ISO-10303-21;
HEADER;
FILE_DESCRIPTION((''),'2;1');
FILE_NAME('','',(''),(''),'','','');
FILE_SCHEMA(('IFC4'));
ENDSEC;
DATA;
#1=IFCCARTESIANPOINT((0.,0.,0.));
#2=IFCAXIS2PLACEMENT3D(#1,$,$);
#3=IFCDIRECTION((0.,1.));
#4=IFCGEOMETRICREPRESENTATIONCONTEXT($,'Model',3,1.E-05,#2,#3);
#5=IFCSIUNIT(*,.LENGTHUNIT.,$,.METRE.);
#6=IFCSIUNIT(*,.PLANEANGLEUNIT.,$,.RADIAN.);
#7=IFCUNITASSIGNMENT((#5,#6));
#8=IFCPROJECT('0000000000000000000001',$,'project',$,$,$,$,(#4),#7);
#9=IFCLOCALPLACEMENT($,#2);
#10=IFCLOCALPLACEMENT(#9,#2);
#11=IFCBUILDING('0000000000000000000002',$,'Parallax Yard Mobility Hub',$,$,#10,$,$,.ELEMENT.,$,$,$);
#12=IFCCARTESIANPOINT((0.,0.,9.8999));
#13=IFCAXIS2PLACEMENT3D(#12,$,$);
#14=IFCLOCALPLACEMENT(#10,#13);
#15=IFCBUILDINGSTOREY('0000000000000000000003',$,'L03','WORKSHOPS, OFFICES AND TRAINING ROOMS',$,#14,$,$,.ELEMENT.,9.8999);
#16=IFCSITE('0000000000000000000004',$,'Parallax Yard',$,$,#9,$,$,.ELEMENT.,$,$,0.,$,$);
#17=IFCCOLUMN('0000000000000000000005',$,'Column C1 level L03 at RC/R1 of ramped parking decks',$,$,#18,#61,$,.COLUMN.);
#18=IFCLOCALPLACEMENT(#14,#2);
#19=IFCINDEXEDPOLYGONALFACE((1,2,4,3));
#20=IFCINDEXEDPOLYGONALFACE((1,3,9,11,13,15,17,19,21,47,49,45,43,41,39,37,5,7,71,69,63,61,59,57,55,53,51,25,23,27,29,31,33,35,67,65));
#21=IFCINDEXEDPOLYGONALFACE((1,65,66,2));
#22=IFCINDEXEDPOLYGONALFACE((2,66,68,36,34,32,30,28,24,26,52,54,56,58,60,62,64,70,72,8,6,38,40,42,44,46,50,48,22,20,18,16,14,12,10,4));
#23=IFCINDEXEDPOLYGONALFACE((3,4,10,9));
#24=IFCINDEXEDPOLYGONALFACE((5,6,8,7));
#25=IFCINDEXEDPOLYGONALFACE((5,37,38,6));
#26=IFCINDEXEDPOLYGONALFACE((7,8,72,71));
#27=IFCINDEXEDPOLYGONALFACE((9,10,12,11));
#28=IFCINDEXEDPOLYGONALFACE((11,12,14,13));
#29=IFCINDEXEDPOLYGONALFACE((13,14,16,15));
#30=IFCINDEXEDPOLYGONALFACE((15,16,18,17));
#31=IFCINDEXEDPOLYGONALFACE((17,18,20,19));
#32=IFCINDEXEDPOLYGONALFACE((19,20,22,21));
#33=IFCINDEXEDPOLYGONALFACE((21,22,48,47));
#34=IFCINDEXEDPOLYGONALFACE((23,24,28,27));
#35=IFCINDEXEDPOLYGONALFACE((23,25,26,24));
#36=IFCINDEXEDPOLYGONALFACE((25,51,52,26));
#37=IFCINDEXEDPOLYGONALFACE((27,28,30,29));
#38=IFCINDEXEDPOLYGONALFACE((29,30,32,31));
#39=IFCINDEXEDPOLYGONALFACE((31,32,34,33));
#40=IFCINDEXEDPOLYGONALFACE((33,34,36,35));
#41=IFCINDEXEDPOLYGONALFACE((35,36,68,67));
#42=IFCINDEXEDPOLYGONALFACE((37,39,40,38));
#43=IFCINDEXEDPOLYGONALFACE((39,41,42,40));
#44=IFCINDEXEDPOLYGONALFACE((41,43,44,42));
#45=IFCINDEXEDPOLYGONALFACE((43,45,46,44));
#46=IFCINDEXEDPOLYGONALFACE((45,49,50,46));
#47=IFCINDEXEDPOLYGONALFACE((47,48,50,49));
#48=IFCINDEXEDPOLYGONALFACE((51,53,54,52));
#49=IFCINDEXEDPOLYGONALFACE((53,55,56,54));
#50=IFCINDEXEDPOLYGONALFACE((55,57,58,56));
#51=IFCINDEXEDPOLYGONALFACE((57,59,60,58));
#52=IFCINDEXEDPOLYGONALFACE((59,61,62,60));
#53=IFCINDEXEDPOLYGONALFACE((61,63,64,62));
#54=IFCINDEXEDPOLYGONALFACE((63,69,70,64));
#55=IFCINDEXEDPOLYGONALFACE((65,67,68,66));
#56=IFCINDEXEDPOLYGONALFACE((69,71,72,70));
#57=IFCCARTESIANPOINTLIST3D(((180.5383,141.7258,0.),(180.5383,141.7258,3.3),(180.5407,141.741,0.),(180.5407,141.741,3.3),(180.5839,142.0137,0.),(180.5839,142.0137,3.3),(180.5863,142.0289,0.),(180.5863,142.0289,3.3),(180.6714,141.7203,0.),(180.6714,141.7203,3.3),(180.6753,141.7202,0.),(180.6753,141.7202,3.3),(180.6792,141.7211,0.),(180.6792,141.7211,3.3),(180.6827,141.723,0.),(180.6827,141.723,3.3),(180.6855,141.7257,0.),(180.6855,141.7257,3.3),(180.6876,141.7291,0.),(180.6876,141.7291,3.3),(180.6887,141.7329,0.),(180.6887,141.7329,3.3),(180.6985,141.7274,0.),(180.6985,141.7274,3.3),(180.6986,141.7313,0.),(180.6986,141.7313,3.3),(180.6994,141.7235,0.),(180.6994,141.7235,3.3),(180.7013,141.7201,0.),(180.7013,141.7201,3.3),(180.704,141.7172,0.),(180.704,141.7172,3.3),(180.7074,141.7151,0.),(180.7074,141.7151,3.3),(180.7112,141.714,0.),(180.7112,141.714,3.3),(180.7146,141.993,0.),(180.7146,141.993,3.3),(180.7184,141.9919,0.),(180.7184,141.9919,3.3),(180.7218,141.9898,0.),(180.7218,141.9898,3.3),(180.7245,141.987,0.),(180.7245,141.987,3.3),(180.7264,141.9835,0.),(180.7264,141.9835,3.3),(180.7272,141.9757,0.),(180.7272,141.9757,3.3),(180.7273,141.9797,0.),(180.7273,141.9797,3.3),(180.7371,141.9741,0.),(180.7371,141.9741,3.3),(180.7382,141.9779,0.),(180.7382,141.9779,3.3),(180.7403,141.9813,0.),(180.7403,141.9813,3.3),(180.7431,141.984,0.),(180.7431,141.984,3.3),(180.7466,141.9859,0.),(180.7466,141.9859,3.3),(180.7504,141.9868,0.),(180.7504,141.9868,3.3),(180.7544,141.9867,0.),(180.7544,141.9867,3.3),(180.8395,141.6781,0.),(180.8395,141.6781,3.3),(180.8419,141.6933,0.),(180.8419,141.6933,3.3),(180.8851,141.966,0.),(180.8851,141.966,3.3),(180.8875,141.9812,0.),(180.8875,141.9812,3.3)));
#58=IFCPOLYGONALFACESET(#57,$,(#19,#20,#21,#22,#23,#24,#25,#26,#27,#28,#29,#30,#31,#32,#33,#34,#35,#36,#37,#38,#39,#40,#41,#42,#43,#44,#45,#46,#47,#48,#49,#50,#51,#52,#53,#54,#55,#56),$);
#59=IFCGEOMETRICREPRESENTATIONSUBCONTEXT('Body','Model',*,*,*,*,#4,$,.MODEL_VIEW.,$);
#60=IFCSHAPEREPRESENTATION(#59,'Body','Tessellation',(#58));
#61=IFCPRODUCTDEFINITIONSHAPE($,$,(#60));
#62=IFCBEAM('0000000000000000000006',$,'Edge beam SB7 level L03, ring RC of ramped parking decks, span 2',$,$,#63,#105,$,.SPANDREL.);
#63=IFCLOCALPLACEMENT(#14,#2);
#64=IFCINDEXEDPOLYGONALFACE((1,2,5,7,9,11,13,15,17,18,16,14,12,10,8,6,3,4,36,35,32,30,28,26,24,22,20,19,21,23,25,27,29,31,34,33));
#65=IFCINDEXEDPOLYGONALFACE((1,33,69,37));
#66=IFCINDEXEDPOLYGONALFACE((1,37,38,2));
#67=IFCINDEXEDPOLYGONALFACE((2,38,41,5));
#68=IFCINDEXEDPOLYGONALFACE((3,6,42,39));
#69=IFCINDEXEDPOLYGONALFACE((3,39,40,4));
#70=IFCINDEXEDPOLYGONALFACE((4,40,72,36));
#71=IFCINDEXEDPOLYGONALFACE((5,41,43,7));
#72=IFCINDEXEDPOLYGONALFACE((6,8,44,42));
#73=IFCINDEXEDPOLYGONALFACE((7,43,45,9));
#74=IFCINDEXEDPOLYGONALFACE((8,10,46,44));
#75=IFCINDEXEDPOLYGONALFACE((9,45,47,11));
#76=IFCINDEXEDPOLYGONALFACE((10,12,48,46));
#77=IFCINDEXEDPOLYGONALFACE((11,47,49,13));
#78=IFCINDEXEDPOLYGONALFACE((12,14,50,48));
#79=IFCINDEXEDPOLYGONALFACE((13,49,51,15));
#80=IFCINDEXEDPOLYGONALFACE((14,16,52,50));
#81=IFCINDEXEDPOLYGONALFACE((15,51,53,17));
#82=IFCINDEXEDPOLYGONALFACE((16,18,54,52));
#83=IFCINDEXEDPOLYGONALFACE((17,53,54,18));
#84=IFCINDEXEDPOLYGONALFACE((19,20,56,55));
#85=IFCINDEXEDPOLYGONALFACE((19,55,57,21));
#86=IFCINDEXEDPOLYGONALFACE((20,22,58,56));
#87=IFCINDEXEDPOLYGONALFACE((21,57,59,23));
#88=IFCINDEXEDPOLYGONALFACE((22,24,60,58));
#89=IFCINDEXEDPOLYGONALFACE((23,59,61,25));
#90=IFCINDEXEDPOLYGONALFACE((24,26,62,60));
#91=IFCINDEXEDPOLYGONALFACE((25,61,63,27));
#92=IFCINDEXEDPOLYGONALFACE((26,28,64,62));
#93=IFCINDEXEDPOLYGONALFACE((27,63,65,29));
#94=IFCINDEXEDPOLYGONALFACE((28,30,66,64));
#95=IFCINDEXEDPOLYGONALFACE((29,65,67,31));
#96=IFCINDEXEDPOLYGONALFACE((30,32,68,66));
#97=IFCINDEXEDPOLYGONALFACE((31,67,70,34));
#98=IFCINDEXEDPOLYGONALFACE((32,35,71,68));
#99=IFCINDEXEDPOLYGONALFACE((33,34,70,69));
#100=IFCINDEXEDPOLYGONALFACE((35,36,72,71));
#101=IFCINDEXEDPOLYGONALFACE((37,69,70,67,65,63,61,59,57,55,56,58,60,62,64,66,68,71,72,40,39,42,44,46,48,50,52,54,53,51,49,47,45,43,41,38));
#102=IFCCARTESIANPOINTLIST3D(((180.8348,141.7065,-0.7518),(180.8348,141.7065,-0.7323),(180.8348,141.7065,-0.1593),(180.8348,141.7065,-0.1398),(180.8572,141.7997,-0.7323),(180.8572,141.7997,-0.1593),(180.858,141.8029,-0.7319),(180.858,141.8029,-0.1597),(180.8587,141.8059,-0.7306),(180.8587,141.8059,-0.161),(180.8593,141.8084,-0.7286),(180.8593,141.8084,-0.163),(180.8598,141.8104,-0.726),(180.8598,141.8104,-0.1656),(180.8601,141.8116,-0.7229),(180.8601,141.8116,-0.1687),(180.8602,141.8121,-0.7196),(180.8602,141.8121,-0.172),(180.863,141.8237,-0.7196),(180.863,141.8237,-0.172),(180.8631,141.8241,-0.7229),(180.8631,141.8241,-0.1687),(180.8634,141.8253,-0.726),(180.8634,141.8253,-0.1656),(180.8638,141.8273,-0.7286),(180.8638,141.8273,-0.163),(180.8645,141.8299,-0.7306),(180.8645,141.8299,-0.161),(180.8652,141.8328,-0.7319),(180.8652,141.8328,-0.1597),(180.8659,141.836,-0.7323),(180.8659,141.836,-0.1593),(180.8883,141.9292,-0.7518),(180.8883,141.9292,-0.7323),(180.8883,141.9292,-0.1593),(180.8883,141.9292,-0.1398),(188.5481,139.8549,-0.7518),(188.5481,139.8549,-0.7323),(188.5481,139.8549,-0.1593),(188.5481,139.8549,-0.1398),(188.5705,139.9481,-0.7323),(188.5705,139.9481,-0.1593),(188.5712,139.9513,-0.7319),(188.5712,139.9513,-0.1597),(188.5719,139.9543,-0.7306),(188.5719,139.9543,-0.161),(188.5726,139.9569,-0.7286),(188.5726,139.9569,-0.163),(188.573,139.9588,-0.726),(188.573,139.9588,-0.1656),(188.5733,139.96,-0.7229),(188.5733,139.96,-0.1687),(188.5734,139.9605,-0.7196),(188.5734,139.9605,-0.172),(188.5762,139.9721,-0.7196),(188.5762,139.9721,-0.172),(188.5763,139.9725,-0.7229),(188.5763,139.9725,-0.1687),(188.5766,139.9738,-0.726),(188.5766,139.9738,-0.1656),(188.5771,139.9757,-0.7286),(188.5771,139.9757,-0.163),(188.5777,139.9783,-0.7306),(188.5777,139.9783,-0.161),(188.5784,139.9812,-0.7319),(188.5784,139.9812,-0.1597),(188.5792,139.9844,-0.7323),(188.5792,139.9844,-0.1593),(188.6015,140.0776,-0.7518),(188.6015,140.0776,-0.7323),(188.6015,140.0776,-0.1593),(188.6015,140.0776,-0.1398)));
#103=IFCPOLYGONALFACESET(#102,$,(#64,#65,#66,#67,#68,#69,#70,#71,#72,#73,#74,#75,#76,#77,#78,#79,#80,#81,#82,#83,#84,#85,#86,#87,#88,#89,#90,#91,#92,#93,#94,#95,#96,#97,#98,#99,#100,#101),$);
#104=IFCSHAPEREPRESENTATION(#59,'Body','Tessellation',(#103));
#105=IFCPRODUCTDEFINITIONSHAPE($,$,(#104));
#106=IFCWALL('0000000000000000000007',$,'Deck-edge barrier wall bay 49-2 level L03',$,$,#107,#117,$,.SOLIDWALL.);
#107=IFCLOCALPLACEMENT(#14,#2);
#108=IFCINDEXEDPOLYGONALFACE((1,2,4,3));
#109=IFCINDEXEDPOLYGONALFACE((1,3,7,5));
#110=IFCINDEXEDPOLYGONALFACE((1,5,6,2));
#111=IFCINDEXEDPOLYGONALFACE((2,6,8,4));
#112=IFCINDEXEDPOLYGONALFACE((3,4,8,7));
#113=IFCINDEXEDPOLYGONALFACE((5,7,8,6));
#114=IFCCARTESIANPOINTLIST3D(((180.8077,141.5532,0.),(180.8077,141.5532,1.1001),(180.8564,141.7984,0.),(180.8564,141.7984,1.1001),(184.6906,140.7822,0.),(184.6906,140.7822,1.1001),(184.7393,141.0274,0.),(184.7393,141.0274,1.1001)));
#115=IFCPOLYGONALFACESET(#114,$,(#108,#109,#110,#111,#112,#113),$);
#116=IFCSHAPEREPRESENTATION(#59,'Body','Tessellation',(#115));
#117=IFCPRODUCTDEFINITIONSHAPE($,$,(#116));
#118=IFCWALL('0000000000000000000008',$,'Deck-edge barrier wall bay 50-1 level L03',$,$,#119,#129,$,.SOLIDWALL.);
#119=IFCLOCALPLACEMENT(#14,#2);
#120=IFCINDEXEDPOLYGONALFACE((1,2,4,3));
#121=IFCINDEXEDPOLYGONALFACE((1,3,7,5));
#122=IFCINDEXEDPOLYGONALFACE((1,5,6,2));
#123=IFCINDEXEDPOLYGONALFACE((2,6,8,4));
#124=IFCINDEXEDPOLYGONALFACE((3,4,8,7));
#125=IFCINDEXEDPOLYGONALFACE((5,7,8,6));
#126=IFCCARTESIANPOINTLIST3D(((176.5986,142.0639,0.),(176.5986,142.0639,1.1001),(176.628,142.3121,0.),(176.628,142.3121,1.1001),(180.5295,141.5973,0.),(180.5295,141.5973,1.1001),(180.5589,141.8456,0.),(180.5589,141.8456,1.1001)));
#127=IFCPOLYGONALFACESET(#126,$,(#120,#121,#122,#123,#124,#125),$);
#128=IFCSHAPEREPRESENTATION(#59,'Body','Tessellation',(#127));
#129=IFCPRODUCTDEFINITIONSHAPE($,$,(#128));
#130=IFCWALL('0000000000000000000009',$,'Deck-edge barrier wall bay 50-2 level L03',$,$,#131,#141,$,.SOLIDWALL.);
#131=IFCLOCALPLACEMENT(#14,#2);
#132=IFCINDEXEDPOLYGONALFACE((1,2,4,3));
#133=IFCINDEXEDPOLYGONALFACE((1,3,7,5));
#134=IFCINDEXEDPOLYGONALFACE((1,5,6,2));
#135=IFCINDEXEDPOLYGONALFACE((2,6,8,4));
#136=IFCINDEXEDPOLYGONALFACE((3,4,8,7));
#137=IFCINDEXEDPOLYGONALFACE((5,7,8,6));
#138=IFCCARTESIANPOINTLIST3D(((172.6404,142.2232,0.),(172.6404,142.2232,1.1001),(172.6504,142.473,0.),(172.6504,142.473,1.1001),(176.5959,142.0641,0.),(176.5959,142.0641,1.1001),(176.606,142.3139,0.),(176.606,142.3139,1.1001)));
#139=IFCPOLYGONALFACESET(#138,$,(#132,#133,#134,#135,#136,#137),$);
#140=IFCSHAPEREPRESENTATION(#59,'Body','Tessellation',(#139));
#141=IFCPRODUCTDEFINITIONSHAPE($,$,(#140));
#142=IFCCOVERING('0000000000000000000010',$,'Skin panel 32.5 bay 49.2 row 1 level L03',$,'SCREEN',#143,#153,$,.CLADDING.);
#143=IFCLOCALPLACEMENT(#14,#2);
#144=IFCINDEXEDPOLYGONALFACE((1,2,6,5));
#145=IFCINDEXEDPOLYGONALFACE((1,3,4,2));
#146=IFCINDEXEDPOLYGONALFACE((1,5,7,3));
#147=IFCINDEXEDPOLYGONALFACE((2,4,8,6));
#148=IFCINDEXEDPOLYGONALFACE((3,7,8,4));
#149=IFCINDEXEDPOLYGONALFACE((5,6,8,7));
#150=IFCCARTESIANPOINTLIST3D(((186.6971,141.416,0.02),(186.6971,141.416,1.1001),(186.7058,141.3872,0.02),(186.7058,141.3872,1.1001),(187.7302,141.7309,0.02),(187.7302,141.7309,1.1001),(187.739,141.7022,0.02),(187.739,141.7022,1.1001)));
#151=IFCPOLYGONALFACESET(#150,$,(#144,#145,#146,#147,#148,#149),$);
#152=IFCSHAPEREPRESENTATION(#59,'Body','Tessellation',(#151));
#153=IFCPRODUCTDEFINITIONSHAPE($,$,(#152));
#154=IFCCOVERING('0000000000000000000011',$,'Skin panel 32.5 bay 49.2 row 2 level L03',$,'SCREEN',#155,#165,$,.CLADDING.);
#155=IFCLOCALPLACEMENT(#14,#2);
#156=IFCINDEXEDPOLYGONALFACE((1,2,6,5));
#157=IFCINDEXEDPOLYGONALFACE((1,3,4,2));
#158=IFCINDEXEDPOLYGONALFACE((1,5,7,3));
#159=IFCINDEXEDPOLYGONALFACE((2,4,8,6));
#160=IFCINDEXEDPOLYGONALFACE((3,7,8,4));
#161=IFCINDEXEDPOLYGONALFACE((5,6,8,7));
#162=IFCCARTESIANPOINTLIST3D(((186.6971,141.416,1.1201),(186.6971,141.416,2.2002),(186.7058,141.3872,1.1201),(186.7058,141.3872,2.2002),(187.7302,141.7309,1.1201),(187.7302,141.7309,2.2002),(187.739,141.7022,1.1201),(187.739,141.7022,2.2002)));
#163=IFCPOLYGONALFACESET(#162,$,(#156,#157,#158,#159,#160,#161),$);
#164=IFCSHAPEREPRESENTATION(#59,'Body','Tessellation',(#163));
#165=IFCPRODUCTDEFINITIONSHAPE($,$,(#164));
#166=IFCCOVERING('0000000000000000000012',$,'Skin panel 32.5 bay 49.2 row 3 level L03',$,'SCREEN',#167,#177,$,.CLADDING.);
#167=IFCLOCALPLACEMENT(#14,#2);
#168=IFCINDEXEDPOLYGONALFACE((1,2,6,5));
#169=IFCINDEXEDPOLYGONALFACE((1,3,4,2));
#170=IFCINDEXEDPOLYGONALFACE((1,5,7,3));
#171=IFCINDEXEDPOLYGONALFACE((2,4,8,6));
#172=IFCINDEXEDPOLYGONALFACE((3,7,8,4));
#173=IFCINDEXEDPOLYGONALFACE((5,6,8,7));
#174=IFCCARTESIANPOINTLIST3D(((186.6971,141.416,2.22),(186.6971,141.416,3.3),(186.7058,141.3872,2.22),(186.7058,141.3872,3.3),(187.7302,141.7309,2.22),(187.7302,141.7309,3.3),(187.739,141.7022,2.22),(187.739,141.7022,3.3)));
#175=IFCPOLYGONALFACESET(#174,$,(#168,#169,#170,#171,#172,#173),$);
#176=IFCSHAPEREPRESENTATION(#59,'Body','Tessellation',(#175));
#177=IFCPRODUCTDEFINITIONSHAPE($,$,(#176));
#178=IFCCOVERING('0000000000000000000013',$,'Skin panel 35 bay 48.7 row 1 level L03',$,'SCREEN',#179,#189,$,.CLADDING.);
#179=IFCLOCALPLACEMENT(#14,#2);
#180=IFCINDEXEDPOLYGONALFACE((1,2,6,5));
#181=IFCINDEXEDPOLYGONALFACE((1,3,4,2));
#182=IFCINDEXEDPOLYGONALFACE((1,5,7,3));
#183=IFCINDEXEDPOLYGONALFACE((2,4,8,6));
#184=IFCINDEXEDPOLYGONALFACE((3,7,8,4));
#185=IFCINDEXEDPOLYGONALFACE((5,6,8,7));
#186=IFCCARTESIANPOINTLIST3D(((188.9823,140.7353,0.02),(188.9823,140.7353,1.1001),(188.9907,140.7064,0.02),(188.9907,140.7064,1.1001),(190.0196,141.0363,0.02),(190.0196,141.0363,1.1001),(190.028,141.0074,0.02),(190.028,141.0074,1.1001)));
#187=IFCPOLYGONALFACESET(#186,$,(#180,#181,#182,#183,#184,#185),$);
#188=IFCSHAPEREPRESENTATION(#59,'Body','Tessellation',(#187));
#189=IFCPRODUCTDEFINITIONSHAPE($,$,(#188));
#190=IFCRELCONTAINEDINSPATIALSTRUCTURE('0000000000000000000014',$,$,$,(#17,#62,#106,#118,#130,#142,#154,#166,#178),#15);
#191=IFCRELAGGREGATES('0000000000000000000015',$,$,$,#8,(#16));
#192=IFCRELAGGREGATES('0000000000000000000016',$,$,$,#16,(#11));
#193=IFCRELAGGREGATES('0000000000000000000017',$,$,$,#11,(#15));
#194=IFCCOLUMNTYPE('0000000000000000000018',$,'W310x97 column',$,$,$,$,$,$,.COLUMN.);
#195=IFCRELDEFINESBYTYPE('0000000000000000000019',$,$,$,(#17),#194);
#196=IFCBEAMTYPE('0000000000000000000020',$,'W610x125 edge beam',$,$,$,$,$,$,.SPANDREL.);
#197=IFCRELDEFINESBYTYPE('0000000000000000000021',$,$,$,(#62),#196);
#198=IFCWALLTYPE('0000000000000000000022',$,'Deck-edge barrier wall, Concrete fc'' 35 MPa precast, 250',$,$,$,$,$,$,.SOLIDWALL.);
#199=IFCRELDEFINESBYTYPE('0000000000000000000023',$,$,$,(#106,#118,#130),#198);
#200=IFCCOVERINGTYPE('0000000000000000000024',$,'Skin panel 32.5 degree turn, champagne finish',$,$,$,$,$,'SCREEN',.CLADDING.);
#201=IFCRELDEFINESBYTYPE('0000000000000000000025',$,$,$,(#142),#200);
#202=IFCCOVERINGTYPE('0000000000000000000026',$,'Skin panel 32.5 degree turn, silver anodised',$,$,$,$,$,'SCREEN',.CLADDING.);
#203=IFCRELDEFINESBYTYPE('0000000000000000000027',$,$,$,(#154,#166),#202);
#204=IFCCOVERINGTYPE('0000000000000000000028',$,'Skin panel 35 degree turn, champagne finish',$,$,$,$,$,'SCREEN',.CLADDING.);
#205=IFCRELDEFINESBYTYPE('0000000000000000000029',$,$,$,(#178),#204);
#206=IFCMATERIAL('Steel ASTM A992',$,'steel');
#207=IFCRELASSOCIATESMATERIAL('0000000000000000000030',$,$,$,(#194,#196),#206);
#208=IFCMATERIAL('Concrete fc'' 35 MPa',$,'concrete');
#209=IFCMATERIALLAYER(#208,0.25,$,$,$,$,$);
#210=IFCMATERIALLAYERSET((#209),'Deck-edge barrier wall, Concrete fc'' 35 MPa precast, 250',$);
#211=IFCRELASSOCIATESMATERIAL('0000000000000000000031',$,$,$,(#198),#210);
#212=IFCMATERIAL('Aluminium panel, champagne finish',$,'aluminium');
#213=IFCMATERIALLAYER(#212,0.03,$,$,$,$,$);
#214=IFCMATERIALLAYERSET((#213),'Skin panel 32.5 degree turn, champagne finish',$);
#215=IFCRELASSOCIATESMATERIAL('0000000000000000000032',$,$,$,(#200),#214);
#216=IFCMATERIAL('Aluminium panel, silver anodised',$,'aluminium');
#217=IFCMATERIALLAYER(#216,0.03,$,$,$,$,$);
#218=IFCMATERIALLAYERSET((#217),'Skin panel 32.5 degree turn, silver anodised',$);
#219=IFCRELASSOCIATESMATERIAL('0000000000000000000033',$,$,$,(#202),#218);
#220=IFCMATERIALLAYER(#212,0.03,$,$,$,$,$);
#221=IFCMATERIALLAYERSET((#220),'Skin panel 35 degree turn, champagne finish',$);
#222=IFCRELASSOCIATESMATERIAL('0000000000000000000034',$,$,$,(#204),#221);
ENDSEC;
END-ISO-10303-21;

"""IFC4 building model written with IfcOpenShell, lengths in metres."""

from ifc_helpers import new_model, si_unit, direction, frame, frame_2d, origin, origin_2d, place, context, subcontext, project, spatial, rectangle, i_section, extrude, material, layer, layer_set, material_profile, profile_set, type_object, element, save


model = new_model("IFC4")

# Units and contexts
model_context = context("Model", 3, precision=1e-05, world=origin(), true_north=direction((0.0, 1.0)))
body_context = subcontext(model_context, "Body", "Model", "MODEL_VIEW")
ifc_project = project(units=[si_unit("LENGTHUNIT", "METRE"), si_unit("PLANEANGLEUNIT", "RADIAN")], contexts=[model_context])

# Site, building, storey
site_placement = place(None, origin())
site = spatial("IfcSite", under=ifc_project, at=site_placement, Name="Parallax Yard", CompositionType="ELEMENT", RefElevation=0.0)
building_placement = place(site_placement, origin())
building = spatial("IfcBuilding", under=site, at=building_placement, Name="Parallax Yard Mobility Hub", CompositionType="ELEMENT")
storey_placement = place(building_placement, frame((0.0, 0.0, 9.8999)))
storey = spatial("IfcBuildingStorey", under=building, at=storey_placement, Name="L03", Description="WORKSHOPS, OFFICES AND TRAINING ROOMS", CompositionType="ELEMENT", Elevation=9.8999)

# Column
ifc_material_1 = material(Name="Steel ASTM A992", Category="steel")
ifc_material_profile_1 = material_profile(ifc_material_1, i_section(OverallWidth=0.3049, OverallDepth=0.3069, WebThickness=0.01, FlangeThickness=0.0154, FilletRadius=0.0151, at=origin_2d()), Name="W310x97")
ifc_profile_set_1 = profile_set([ifc_material_profile_1], Name="Steel ASTM A992")
column_type = type_object("IfcColumnType", Name="W310x97 column", PredefinedType="COLUMN", material=ifc_profile_set_1)
column_placement = place(storey_placement, frame((180.7129, 141.8535, 0.0), z_axis=(0.0, 0.0, 1.0), x_axis=(-0.987688, 0.156434, 0.0)))
element("IfcColumn", 1, at=column_placement, inside=storey, type_object=column_type, Name="Column C1 level L03 at RC/R1 of ramped parking decks", PredefinedType="COLUMN", context=body_context, shape_type="SweptSolid", body=[
    extrude(i_section(OverallWidth=0.3049, OverallDepth=0.3069, WebThickness=0.01, FlangeThickness=0.0154, FilletRadius=0.0151, at=origin_2d()), origin(), (0.0, 0.0, 1.0), 3.3),
])

# Beam
ifc_material_profile_2 = material_profile(ifc_material_1, i_section(OverallWidth=0.229, OverallDepth=0.6121, WebThickness=0.012, FlangeThickness=0.0195, FilletRadius=0.0127, at=origin_2d()), Name="W610x125")
ifc_profile_set_2 = profile_set([ifc_material_profile_2], Name="Steel ASTM A992")
beam_type = type_object("IfcBeamType", Name="W610x125 edge beam", PredefinedType="SPANDREL", material=ifc_profile_set_2)
beam_placement = place(storey_placement, frame((180.8616, 141.8179, -0.4458), z_axis=(0.972376, -0.233422, 0.0), x_axis=(0.233422, 0.972376, 0.0)))
element("IfcBeam", 2, at=beam_placement, inside=storey, type_object=beam_type, Name="Edge beam SB7 level L03, ring RC of ramped parking decks, span 2", PredefinedType="SPANDREL", context=body_context, shape_type="SweptSolid", body=[
    extrude(i_section(OverallWidth=0.229, OverallDepth=0.6121, WebThickness=0.012, FlangeThickness=0.0195, FilletRadius=0.0127, at=origin_2d()), origin(), (0.0, 0.0, 1.0), 7.9324),
])

# Walls
ifc_material_2 = material(Name="Concrete fc' 35 MPa", Category="concrete")
ifc_layer_1 = layer(ifc_material_2, 0.25)
ifc_layer_set_1 = layer_set([ifc_layer_1], Name="Deck-edge barrier wall, Concrete fc' 35 MPa precast, 250")
wall_type = type_object("IfcWallType", Name="Deck-edge barrier wall, Concrete fc' 35 MPa precast, 250", PredefinedType="SOLIDWALL", material=ifc_layer_set_1)
wall_1_placement = place(storey_placement, frame((184.7151, 140.9048, 0.0), z_axis=(0.0, 0.0, 1.0), x_axis=(-0.98085, 0.194764, 0.0)))
element("IfcWall", 3, at=wall_1_placement, inside=storey, type_object=wall_type, Name="Deck-edge barrier wall bay 49-2 level L03", PredefinedType="SOLIDWALL", context=body_context, shape_type="SweptSolid", body=[
    extrude(rectangle(XDim=3.9587, YDim=0.25, at=frame_2d((1.9795, 0.0))), origin(), (0.0, 0.0, 1.0), 1.1001),
])
wall_2_placement = place(storey_placement, frame((180.5442, 141.7214, 0.0), z_axis=(0.0, 0.0, 1.0), x_axis=(-0.99303, 0.117861, 0.0)))
element("IfcWall", 4, at=wall_2_placement, inside=storey, type_object=wall_type, Name="Deck-edge barrier wall bay 50-1 level L03", PredefinedType="SOLIDWALL", context=body_context, shape_type="SweptSolid", body=[
    extrude(rectangle(XDim=3.9585, YDim=0.25, at=frame_2d((1.9792, 0.0))), origin(), (0.0, 0.0, 1.0), 1.1001),
])
wall_3_placement = place(storey_placement, frame((176.6011, 142.189, 0.0), z_axis=(0.0, 0.0, 1.0), x_axis=(-0.999191, 0.040209, 0.0)))
element("IfcWall", 5, at=wall_3_placement, inside=storey, type_object=wall_type, Name="Deck-edge barrier wall bay 50-2 level L03", PredefinedType="SOLIDWALL", context=body_context, shape_type="SweptSolid", body=[
    extrude(rectangle(XDim=3.9587, YDim=0.25, at=frame_2d((1.9795, 0.0))), origin(), (0.0, 0.0, 1.0), 1.1001),
])

# Coverings
ifc_material_3 = material(Name="Aluminium panel, champagne finish", Category="aluminium")
ifc_layer_2 = layer(ifc_material_3, 0.03)
ifc_layer_set_2 = layer_set([ifc_layer_2], Name="Skin panel 32.5 degree turn, champagne finish")
covering_type_1 = type_object("IfcCoveringType", Name="Skin panel 32.5 degree turn, champagne finish", ElementType="SCREEN", PredefinedType="CLADDING", material=ifc_layer_set_2)
covering_placement = place(storey_placement, frame((187.218, 141.5591, 0.02), z_axis=(0.0, 0.0, 1.0), x_axis=(0.956537, 0.291612, 0.0)))
element("IfcCovering", 6, at=covering_placement, inside=storey, type_object=covering_type_1, Name="Skin panel 32.5 bay 49.2 row 1 level L03", ObjectType="SCREEN", PredefinedType="CLADDING", context=body_context, shape_type="SweptSolid", body=[
    extrude(rectangle(XDim=1.0801, YDim=0.03, at=origin_2d()), origin(), (0.0, 0.0, 1.0), 1.0801),
])
ifc_material_4 = material(Name="Aluminium panel, silver anodised", Category="aluminium")
ifc_layer_3 = layer(ifc_material_4, 0.03)
ifc_layer_set_3 = layer_set([ifc_layer_3], Name="Skin panel 32.5 degree turn, silver anodised")
covering_type_2 = type_object("IfcCoveringType", Name="Skin panel 32.5 degree turn, silver anodised", ElementType="SCREEN", PredefinedType="CLADDING", material=ifc_layer_set_3)
for number, where, z_axis, x_axis, name in (
    (7, (187.218, 141.5591, 1.1201), (0.0, 0.0, 1.0), (0.956537, 0.291612, 0.0), "Skin panel 32.5 bay 49.2 row 2 level L03"),
    (8, (187.218, 141.5591, 2.22), (0.0, 0.0, 1.0), (0.956537, 0.291612, 0.0), "Skin panel 32.5 bay 49.2 row 3 level L03"),
):
    element("IfcCovering", number, at=place(storey_placement, frame(where, z_axis=z_axis, x_axis=x_axis)), inside=storey, type_object=covering_type_2, Name=name, ObjectType="SCREEN", PredefinedType="CLADDING", context=body_context, shape_type="SweptSolid", body=[
        extrude(rectangle(XDim=1.0801, YDim=0.03, at=origin_2d()), origin(), (0.0, 0.0, 1.0), 1.0801),
    ])
ifc_layer_4 = layer(ifc_material_3, 0.03)
ifc_layer_set_4 = layer_set([ifc_layer_4], Name="Skin panel 35 degree turn, champagne finish")
covering_type_3 = type_object("IfcCoveringType", Name="Skin panel 35 degree turn, champagne finish", ElementType="SCREEN", PredefinedType="CLADDING", material=ifc_layer_set_4)
for number, where, z_axis, x_axis, name in (
    (9, (189.5051, 140.8713, 0.02), (0.0, 0.0, 1.0), (0.960382, 0.278686, 0.0), "Skin panel 35 bay 48.7 row 1 level L03"),
):
    element("IfcCovering", number, at=place(storey_placement, frame(where, z_axis=z_axis, x_axis=x_axis)), inside=storey, type_object=covering_type_3, Name=name, ObjectType="SCREEN", PredefinedType="CLADDING", context=body_context, shape_type="SweptSolid", body=[
        extrude(rectangle(XDim=1.0801, YDim=0.03, at=origin_2d()), origin(), (0.0, 0.0, 1.0), 1.0801),
    ])

save(model, "model.ifc")
